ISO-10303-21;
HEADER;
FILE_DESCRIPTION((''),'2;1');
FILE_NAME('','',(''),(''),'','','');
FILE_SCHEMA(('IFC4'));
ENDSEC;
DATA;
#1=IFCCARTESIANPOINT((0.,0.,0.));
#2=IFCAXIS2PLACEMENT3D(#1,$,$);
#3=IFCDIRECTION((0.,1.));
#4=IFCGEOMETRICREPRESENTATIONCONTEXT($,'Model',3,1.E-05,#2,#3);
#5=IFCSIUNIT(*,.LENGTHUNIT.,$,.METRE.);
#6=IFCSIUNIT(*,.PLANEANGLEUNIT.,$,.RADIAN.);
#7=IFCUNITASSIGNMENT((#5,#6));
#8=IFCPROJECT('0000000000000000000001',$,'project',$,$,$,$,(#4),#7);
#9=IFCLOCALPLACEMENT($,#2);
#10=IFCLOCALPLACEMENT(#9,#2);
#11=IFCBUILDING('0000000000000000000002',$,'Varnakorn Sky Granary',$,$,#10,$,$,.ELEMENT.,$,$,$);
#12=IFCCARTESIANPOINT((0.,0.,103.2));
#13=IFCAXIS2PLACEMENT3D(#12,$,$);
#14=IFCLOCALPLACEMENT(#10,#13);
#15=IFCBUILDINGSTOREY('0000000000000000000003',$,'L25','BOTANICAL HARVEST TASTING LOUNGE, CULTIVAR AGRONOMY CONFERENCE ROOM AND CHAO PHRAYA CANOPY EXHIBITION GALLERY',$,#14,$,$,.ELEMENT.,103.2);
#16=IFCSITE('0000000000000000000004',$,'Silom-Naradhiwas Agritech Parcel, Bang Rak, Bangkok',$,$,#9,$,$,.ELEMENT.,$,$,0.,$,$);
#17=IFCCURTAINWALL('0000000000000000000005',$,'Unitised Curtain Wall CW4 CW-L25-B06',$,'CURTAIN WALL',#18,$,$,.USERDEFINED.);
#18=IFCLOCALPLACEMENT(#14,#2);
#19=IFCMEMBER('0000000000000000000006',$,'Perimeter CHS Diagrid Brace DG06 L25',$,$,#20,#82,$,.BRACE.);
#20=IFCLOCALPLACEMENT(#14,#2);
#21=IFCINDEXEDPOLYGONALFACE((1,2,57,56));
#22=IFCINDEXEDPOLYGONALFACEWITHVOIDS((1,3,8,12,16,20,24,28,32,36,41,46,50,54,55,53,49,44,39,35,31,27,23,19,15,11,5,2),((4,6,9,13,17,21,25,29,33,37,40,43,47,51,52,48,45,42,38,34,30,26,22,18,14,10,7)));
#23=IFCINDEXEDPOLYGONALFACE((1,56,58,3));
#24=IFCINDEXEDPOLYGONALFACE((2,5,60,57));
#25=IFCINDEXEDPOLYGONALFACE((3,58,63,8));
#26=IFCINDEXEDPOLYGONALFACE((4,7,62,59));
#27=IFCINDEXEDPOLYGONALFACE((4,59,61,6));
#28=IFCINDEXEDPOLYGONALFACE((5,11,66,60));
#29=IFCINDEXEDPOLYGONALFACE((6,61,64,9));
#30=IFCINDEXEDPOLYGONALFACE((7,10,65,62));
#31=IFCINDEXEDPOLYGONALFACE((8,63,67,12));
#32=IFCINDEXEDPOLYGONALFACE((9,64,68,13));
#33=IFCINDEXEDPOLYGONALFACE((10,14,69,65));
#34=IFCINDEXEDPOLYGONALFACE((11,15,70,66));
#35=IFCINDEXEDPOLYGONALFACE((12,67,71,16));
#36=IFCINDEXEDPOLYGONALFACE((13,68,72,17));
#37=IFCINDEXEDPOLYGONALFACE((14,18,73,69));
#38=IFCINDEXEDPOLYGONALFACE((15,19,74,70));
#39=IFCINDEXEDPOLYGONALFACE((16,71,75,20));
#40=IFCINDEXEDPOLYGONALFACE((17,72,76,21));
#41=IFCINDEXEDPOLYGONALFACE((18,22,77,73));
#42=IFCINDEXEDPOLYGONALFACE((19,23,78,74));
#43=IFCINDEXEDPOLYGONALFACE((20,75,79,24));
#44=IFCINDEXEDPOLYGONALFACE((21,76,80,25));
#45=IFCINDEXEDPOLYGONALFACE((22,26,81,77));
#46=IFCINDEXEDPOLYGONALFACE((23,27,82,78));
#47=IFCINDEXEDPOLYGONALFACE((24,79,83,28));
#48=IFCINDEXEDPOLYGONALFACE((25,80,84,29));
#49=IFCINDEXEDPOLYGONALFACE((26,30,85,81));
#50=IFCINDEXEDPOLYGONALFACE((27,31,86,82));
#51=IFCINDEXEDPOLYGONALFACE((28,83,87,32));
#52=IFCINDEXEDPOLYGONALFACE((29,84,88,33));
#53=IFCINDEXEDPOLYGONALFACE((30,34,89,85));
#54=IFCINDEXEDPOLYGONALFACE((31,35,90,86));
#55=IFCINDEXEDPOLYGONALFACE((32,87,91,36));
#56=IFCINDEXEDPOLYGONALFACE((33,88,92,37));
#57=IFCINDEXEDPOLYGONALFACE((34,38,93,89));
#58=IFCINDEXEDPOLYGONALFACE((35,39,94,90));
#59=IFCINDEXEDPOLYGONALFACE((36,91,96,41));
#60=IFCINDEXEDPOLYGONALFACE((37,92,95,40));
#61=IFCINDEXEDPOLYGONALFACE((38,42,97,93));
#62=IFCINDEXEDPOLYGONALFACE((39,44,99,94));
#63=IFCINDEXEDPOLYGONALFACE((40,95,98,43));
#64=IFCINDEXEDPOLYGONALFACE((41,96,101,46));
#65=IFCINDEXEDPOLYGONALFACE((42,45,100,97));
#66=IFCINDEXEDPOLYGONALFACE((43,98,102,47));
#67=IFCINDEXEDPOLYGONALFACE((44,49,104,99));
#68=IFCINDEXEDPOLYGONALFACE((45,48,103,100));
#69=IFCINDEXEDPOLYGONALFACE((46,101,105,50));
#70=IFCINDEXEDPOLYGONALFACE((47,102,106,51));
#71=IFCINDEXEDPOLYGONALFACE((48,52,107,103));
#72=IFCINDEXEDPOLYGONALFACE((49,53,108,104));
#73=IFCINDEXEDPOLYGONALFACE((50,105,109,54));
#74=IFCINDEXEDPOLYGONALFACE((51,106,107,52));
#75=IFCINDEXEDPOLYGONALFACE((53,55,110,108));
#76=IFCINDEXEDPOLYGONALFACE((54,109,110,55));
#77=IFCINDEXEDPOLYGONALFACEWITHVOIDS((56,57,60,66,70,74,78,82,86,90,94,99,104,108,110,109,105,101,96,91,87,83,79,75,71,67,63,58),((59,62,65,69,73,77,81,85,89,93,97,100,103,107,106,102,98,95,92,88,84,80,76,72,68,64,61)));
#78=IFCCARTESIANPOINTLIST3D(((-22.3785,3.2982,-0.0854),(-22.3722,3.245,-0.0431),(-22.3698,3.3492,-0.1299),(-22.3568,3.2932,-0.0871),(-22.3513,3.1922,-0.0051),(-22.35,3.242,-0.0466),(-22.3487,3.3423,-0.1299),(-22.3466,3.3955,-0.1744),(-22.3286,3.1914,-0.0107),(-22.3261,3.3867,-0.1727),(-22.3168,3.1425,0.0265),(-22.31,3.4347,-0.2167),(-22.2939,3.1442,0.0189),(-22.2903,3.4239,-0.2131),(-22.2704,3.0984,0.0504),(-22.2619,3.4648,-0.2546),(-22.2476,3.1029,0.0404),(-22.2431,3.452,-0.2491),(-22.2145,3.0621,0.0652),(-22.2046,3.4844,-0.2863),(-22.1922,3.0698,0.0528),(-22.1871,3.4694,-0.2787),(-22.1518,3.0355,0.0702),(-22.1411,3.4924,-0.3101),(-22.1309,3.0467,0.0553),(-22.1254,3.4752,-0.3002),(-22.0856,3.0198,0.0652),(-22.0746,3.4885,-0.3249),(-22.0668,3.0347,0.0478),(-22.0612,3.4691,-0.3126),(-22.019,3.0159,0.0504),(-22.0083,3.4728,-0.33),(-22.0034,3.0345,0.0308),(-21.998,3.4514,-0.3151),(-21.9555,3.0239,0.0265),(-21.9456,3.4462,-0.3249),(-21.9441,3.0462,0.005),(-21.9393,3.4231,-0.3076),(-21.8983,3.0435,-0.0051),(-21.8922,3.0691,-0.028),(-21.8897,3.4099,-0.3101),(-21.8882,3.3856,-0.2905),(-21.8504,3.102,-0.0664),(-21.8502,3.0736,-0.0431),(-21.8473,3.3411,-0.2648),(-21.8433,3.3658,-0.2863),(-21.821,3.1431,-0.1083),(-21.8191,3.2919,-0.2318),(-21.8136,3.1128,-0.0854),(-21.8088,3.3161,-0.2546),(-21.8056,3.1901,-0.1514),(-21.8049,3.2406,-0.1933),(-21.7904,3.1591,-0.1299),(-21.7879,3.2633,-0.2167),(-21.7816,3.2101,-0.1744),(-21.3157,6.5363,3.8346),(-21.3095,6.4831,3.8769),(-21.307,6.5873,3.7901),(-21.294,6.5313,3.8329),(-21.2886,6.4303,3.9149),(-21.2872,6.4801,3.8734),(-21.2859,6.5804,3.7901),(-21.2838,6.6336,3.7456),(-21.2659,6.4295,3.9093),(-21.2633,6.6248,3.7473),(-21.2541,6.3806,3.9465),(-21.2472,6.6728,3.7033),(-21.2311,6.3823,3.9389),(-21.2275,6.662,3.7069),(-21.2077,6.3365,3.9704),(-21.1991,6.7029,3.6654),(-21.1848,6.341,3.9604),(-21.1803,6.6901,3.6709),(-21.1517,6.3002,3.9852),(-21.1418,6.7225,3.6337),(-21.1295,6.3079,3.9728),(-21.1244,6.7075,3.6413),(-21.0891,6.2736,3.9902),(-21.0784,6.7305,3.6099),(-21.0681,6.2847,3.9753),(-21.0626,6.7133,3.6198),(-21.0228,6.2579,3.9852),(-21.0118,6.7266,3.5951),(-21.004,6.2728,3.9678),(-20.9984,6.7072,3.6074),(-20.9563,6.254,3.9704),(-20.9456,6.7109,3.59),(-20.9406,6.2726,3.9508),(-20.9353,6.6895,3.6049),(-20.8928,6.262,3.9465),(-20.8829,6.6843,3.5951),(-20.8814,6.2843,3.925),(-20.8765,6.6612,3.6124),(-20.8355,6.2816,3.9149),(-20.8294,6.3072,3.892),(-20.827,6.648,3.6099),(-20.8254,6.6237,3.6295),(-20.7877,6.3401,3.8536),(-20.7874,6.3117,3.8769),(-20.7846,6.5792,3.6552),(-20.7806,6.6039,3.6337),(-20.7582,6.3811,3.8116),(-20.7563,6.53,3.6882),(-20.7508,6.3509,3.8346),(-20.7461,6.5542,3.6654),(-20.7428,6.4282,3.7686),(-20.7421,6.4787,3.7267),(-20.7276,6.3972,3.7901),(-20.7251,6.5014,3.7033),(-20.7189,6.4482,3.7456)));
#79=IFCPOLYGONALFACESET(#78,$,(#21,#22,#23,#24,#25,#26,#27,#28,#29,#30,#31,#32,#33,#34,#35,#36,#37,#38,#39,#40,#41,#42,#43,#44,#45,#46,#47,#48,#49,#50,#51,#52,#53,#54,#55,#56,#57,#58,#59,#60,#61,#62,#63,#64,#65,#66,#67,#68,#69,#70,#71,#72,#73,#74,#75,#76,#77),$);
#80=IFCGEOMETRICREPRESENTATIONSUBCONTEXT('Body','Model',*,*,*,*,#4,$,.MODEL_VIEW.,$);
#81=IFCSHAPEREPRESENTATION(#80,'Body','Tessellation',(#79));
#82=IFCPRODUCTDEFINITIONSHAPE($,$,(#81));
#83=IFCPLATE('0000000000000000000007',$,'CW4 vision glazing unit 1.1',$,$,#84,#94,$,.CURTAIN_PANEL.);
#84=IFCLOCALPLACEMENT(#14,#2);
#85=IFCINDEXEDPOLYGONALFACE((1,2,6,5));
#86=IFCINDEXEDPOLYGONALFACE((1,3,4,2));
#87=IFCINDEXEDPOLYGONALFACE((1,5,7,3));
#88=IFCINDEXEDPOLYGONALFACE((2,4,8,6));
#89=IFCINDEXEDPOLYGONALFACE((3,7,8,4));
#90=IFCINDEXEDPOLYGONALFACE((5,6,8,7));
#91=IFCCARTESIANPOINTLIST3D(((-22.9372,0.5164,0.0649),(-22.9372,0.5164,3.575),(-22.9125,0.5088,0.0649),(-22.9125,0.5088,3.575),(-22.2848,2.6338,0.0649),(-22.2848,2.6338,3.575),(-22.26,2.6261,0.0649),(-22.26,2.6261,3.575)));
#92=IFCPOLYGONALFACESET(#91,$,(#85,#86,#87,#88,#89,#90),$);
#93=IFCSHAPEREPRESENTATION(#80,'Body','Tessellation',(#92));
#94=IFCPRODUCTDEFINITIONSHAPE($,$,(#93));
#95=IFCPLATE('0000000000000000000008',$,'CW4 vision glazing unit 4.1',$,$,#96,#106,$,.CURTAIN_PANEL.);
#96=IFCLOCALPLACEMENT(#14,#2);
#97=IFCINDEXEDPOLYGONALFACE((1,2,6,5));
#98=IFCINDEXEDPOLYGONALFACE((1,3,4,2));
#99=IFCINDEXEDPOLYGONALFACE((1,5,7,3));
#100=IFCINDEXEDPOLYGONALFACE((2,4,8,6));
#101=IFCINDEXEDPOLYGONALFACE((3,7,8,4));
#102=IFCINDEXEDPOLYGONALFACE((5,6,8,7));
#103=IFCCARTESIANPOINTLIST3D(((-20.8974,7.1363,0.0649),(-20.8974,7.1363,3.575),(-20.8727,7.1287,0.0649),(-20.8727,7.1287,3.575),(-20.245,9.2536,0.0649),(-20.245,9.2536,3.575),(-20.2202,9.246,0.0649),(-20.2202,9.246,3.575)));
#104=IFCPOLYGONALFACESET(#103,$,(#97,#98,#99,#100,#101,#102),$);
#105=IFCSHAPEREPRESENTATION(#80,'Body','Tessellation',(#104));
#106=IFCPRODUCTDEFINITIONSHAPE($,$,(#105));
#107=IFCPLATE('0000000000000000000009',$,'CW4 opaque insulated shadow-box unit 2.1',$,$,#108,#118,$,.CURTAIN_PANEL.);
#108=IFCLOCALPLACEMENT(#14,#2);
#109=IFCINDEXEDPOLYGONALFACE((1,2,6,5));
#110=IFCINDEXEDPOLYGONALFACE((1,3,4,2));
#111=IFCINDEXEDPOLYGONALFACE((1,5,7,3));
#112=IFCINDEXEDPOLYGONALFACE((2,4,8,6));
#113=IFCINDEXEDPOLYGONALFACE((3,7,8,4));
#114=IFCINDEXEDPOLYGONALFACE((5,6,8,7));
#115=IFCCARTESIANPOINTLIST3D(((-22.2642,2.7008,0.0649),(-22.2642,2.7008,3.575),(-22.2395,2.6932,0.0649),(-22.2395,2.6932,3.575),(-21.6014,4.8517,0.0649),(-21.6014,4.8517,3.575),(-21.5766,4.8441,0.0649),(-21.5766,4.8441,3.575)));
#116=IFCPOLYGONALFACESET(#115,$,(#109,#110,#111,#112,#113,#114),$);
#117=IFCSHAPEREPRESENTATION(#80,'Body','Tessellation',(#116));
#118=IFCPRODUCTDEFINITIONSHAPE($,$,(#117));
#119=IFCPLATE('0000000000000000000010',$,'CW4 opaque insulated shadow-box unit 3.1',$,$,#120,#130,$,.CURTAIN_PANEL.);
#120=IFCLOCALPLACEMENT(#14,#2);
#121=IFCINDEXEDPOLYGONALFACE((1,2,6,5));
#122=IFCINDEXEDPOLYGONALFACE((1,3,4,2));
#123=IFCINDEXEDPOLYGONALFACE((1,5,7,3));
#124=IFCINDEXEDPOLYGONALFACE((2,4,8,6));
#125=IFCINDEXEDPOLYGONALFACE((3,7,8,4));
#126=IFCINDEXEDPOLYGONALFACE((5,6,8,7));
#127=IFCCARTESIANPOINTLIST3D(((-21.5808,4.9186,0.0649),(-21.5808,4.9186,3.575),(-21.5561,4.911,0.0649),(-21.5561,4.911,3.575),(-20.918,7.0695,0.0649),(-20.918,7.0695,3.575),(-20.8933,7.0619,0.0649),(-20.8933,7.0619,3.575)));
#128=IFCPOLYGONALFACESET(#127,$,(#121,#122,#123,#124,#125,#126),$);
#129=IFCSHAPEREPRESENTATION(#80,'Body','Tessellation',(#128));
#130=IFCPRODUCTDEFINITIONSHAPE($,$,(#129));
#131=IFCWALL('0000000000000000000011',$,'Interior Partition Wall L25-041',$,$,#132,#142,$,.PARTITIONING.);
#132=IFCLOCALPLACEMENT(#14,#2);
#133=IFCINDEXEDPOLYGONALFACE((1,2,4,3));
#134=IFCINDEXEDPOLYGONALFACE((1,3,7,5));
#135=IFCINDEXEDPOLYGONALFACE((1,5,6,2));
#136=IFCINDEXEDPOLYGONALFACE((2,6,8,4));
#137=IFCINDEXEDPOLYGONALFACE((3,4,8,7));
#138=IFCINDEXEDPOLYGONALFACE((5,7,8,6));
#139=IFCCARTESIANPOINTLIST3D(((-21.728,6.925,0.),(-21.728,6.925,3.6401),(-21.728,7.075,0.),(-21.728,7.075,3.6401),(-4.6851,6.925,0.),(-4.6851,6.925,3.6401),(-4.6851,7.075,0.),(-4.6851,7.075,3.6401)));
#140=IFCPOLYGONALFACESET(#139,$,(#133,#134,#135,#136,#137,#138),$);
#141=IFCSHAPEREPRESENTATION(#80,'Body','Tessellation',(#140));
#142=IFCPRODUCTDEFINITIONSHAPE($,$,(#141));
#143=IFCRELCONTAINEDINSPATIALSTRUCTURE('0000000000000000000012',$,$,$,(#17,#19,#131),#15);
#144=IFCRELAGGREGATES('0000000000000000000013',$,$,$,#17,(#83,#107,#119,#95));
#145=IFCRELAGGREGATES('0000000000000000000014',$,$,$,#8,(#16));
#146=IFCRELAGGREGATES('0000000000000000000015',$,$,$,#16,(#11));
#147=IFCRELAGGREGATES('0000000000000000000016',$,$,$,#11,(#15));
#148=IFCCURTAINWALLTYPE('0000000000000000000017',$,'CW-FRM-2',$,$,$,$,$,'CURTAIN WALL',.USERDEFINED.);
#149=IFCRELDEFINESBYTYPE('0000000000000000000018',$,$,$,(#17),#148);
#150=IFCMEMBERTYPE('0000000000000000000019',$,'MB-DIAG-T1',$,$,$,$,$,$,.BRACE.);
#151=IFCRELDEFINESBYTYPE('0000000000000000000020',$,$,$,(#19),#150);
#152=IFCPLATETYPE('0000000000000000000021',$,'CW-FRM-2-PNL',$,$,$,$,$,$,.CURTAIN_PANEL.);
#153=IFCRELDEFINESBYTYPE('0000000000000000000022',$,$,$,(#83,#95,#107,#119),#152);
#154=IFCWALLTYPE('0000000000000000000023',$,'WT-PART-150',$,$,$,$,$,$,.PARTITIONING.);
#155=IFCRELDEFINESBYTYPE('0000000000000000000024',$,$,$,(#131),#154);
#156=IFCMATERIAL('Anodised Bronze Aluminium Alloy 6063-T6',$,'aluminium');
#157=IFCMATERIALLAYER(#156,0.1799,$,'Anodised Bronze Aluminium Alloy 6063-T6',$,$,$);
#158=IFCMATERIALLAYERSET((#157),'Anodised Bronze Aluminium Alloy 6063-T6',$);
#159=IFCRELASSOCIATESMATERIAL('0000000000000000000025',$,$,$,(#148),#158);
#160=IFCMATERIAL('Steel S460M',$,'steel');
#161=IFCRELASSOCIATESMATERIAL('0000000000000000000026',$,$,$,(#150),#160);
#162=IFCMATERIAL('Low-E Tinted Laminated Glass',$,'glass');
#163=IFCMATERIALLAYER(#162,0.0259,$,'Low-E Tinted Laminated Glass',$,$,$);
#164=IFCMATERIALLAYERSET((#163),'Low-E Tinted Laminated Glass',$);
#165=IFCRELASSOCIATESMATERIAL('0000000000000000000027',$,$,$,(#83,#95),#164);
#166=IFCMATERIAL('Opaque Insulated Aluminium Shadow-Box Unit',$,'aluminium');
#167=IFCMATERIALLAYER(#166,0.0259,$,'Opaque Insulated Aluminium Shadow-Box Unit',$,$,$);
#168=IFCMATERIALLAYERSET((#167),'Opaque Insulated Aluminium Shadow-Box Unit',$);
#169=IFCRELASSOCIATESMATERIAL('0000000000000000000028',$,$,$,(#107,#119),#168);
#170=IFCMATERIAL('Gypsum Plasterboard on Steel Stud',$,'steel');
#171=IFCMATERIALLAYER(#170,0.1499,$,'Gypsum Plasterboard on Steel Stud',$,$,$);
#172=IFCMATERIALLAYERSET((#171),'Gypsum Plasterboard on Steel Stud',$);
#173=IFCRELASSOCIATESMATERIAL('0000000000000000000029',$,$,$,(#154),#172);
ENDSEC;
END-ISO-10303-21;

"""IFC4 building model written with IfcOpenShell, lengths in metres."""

from ifc_helpers import new_model, si_unit, direction, frame, frame_2d, origin, origin_2d, place, context, subcontext, project, spatial, rectangle, hollow_circle, extrude, source, transform, mapped, material, layer, layer_set, material_profile, profile_set, type_object, type_shapes, element, aggregate, save


model = new_model("IFC4")

# Units and contexts
model_context = context("Model", 3, precision=1e-05, world=origin(), true_north=direction((0.0, 1.0)))
body_context = subcontext(model_context, "Body", "Model", "MODEL_VIEW")
ifc_project = project(units=[si_unit("LENGTHUNIT", "METRE"), si_unit("PLANEANGLEUNIT", "RADIAN")], contexts=[model_context])

# Site, building, storey
site_placement = place(None, origin())
site = spatial("IfcSite", under=ifc_project, at=site_placement, Name="Silom-Naradhiwas Agritech Parcel, Bang Rak, Bangkok", CompositionType="ELEMENT", RefElevation=0.0)
building_placement = place(site_placement, origin())
building = spatial("IfcBuilding", under=site, at=building_placement, Name="Varnakorn Sky Granary", CompositionType="ELEMENT")
storey_placement = place(building_placement, frame((0.0, 0.0, 103.2)))
storey = spatial("IfcBuildingStorey", under=building, at=storey_placement, Name="L25", Description="BOTANICAL HARVEST TASTING LOUNGE, CULTIVAR AGRONOMY CONFERENCE ROOM AND CHAO PHRAYA CANOPY EXHIBITION GALLERY", CompositionType="ELEMENT", Elevation=103.2)

# Shared definitions
ifc_material_1 = material(Name="Steel S460M", Category="steel")

# Shared definitions
ifc_material_2 = material(Name="Anodised Bronze Aluminium Alloy 6063-T6", Category="aluminium")
ifc_layer_1 = layer(ifc_material_2, 0.1799, Name="Anodised Bronze Aluminium Alloy 6063-T6")
ifc_layer_set_1 = layer_set([ifc_layer_1], Name="Anodised Bronze Aluminium Alloy 6063-T6")
curtain_wall_type = type_object("IfcCurtainWallType", Name="CW-FRM-2", ElementType="CURTAIN WALL", PredefinedType="USERDEFINED", material=ifc_layer_set_1)

# Curtain wall
curtain_wall_1_placement = place(storey_placement, origin())
curtain_wall_1 = element("IfcCurtainWall", 1, at=curtain_wall_1_placement, inside=storey, type_object=curtain_wall_type, Name="Unitised Curtain Wall CW4 CW-L25-B06", ObjectType="CURTAIN WALL", PredefinedType="USERDEFINED")

# Member
ifc_material_profile_1 = material_profile(ifc_material_1, hollow_circle(Radius=0.3049, WallThickness=0.0222, at=origin_2d()), Name="CHS 610x22")
ifc_profile_set_1 = profile_set([ifc_material_profile_1], Name="Steel S460M")
member_type_1 = type_object("IfcMemberType", Name="MB-DIAG-T1", PredefinedType="BRACE", material=ifc_profile_set_1)
member_1_placement = place(storey_placement, frame((-22.0801, 3.2542, -0.1299), z_axis=(0.204601, 0.62339, 0.754668), x_axis=(-0.950135, 0.31184, 0.0)))
element("IfcMember", 2, at=member_1_placement, inside=storey, type_object=member_type_1, Name="Perimeter CHS Diagrid Brace DG06 L25", PredefinedType="BRACE", context=body_context, shape_type="SweptSolid", body=[
    extrude(hollow_circle(Radius=0.3049, WallThickness=0.0222, at=origin_2d()), origin(), (0.0, 0.0, 1.0), 5.1943),
])

# Plates
ifc_material_3 = material(Name="Low-E Tinted Laminated Glass", Category="glass")
ifc_layer_2 = layer(ifc_material_3, 0.0259, Name="Low-E Tinted Laminated Glass")
ifc_layer_set_2 = layer_set([ifc_layer_2], Name="Low-E Tinted Laminated Glass")
plate_type = type_object("IfcPlateType", Name="CW-FRM-2-PNL", PredefinedType="CURTAIN_PANEL")
shared_shape_1 = source(origin(), body_context, "Body", "SweptSolid", [
    extrude(rectangle(XDim=2.2156, YDim=0.0259, at=origin_2d()), origin(), (0.0, 0.0, 1.0), 3.51),
])
plate_1_placement = place(storey_placement, frame((-22.5986, 1.5713, 0.0649), z_axis=(0.0, 0.0, 1.0), x_axis=(0.294498, 0.955652, 0.0)))
plate_1 = element("IfcPlate", 3, at=plate_1_placement, type_object=plate_type, material=ifc_layer_set_2, Name="CW4 vision glazing unit 1.1", PredefinedType="CURTAIN_PANEL", context=body_context, shape_type="MappedRepresentation", body=[
    mapped(shared_shape_1, transform((0.0, 0.0, 0.0), x_axis=(1.0, 0.0, 0.0), y_axis=(0.0, 1.0, 0.0), z_axis=(0.0, 0.0, 1.0), scale=1.0)),
])
plate_2_placement = place(storey_placement, frame((-20.5588, 8.1912, 0.0649), z_axis=(0.0, 0.0, 1.0), x_axis=(0.294498, 0.955652, 0.0)))
plate_2 = element("IfcPlate", 4, at=plate_2_placement, type_object=plate_type, material=ifc_layer_set_2, Name="CW4 vision glazing unit 4.1", PredefinedType="CURTAIN_PANEL", context=body_context, shape_type="MappedRepresentation", body=[
    mapped(shared_shape_1, transform((0.0, 0.0, 0.0), x_axis=(1.0, 0.0, 0.0), y_axis=(0.0, 1.0, 0.0), z_axis=(0.0, 0.0, 1.0), scale=1.0)),
])
ifc_material_4 = material(Name="Opaque Insulated Aluminium Shadow-Box Unit", Category="aluminium")
ifc_layer_3 = layer(ifc_material_4, 0.0259, Name="Opaque Insulated Aluminium Shadow-Box Unit")
ifc_layer_set_3 = layer_set([ifc_layer_3], Name="Opaque Insulated Aluminium Shadow-Box Unit")
shared_shape_2 = source(origin(), body_context, "Body", "SweptSolid", [
    extrude(rectangle(XDim=2.2507, YDim=0.0259, at=origin_2d()), origin(), (0.0, 0.0, 1.0), 3.51),
])
type_shapes(plate_type, [shared_shape_1, shared_shape_2])
plate_3_placement = place(storey_placement, frame((-21.9204, 3.7725, 0.0649), z_axis=(0.0, 0.0, 1.0), x_axis=(0.294498, 0.955652, 0.0)))
plate_3 = element("IfcPlate", 5, at=plate_3_placement, type_object=plate_type, material=ifc_layer_set_3, Name="CW4 opaque insulated shadow-box unit 2.1", PredefinedType="CURTAIN_PANEL", context=body_context, shape_type="MappedRepresentation", body=[
    mapped(shared_shape_2, transform((0.0, 0.0, 0.0), x_axis=(1.0, 0.0, 0.0), y_axis=(0.0, 1.0, 0.0), z_axis=(0.0, 0.0, 1.0), scale=1.0)),
])
plate_4_placement = place(storey_placement, frame((-21.2371, 5.9902, 0.0649), z_axis=(0.0, 0.0, 1.0), x_axis=(0.294498, 0.955652, 0.0)))
plate_4 = element("IfcPlate", 6, at=plate_4_placement, type_object=plate_type, material=ifc_layer_set_3, Name="CW4 opaque insulated shadow-box unit 3.1", PredefinedType="CURTAIN_PANEL", context=body_context, shape_type="MappedRepresentation", body=[
    mapped(shared_shape_2, transform((0.0, 0.0, 0.0), x_axis=(1.0, 0.0, 0.0), y_axis=(0.0, 1.0, 0.0), z_axis=(0.0, 0.0, 1.0), scale=1.0)),
])
aggregate(curtain_wall_1, [plate_1, plate_3, plate_4, plate_2])

# Wall
ifc_material_5 = material(Name="Gypsum Plasterboard on Steel Stud", Category="steel")
ifc_layer_4 = layer(ifc_material_5, 0.1499, Name="Gypsum Plasterboard on Steel Stud")
ifc_layer_set_4 = layer_set([ifc_layer_4], Name="Gypsum Plasterboard on Steel Stud")
wall_type = type_object("IfcWallType", Name="WT-PART-150", PredefinedType="PARTITIONING", material=ifc_layer_set_4)
wall_placement = place(storey_placement, frame((-21.728, 7.0, 0.0), z_axis=(0.0, 0.0, 1.0), x_axis=(1.0, 0.0, 0.0)))
element("IfcWall", 7, at=wall_placement, inside=storey, type_object=wall_type, Name="Interior Partition Wall L25-041", PredefinedType="PARTITIONING", context=body_context, shape_type="SweptSolid", body=[
    extrude(rectangle(XDim=17.043, YDim=0.1499, at=frame_2d((8.5215, 0.0))), origin(), (0.0, 0.0, 1.0), 3.6401),
])

save(model, "model.ifc")
